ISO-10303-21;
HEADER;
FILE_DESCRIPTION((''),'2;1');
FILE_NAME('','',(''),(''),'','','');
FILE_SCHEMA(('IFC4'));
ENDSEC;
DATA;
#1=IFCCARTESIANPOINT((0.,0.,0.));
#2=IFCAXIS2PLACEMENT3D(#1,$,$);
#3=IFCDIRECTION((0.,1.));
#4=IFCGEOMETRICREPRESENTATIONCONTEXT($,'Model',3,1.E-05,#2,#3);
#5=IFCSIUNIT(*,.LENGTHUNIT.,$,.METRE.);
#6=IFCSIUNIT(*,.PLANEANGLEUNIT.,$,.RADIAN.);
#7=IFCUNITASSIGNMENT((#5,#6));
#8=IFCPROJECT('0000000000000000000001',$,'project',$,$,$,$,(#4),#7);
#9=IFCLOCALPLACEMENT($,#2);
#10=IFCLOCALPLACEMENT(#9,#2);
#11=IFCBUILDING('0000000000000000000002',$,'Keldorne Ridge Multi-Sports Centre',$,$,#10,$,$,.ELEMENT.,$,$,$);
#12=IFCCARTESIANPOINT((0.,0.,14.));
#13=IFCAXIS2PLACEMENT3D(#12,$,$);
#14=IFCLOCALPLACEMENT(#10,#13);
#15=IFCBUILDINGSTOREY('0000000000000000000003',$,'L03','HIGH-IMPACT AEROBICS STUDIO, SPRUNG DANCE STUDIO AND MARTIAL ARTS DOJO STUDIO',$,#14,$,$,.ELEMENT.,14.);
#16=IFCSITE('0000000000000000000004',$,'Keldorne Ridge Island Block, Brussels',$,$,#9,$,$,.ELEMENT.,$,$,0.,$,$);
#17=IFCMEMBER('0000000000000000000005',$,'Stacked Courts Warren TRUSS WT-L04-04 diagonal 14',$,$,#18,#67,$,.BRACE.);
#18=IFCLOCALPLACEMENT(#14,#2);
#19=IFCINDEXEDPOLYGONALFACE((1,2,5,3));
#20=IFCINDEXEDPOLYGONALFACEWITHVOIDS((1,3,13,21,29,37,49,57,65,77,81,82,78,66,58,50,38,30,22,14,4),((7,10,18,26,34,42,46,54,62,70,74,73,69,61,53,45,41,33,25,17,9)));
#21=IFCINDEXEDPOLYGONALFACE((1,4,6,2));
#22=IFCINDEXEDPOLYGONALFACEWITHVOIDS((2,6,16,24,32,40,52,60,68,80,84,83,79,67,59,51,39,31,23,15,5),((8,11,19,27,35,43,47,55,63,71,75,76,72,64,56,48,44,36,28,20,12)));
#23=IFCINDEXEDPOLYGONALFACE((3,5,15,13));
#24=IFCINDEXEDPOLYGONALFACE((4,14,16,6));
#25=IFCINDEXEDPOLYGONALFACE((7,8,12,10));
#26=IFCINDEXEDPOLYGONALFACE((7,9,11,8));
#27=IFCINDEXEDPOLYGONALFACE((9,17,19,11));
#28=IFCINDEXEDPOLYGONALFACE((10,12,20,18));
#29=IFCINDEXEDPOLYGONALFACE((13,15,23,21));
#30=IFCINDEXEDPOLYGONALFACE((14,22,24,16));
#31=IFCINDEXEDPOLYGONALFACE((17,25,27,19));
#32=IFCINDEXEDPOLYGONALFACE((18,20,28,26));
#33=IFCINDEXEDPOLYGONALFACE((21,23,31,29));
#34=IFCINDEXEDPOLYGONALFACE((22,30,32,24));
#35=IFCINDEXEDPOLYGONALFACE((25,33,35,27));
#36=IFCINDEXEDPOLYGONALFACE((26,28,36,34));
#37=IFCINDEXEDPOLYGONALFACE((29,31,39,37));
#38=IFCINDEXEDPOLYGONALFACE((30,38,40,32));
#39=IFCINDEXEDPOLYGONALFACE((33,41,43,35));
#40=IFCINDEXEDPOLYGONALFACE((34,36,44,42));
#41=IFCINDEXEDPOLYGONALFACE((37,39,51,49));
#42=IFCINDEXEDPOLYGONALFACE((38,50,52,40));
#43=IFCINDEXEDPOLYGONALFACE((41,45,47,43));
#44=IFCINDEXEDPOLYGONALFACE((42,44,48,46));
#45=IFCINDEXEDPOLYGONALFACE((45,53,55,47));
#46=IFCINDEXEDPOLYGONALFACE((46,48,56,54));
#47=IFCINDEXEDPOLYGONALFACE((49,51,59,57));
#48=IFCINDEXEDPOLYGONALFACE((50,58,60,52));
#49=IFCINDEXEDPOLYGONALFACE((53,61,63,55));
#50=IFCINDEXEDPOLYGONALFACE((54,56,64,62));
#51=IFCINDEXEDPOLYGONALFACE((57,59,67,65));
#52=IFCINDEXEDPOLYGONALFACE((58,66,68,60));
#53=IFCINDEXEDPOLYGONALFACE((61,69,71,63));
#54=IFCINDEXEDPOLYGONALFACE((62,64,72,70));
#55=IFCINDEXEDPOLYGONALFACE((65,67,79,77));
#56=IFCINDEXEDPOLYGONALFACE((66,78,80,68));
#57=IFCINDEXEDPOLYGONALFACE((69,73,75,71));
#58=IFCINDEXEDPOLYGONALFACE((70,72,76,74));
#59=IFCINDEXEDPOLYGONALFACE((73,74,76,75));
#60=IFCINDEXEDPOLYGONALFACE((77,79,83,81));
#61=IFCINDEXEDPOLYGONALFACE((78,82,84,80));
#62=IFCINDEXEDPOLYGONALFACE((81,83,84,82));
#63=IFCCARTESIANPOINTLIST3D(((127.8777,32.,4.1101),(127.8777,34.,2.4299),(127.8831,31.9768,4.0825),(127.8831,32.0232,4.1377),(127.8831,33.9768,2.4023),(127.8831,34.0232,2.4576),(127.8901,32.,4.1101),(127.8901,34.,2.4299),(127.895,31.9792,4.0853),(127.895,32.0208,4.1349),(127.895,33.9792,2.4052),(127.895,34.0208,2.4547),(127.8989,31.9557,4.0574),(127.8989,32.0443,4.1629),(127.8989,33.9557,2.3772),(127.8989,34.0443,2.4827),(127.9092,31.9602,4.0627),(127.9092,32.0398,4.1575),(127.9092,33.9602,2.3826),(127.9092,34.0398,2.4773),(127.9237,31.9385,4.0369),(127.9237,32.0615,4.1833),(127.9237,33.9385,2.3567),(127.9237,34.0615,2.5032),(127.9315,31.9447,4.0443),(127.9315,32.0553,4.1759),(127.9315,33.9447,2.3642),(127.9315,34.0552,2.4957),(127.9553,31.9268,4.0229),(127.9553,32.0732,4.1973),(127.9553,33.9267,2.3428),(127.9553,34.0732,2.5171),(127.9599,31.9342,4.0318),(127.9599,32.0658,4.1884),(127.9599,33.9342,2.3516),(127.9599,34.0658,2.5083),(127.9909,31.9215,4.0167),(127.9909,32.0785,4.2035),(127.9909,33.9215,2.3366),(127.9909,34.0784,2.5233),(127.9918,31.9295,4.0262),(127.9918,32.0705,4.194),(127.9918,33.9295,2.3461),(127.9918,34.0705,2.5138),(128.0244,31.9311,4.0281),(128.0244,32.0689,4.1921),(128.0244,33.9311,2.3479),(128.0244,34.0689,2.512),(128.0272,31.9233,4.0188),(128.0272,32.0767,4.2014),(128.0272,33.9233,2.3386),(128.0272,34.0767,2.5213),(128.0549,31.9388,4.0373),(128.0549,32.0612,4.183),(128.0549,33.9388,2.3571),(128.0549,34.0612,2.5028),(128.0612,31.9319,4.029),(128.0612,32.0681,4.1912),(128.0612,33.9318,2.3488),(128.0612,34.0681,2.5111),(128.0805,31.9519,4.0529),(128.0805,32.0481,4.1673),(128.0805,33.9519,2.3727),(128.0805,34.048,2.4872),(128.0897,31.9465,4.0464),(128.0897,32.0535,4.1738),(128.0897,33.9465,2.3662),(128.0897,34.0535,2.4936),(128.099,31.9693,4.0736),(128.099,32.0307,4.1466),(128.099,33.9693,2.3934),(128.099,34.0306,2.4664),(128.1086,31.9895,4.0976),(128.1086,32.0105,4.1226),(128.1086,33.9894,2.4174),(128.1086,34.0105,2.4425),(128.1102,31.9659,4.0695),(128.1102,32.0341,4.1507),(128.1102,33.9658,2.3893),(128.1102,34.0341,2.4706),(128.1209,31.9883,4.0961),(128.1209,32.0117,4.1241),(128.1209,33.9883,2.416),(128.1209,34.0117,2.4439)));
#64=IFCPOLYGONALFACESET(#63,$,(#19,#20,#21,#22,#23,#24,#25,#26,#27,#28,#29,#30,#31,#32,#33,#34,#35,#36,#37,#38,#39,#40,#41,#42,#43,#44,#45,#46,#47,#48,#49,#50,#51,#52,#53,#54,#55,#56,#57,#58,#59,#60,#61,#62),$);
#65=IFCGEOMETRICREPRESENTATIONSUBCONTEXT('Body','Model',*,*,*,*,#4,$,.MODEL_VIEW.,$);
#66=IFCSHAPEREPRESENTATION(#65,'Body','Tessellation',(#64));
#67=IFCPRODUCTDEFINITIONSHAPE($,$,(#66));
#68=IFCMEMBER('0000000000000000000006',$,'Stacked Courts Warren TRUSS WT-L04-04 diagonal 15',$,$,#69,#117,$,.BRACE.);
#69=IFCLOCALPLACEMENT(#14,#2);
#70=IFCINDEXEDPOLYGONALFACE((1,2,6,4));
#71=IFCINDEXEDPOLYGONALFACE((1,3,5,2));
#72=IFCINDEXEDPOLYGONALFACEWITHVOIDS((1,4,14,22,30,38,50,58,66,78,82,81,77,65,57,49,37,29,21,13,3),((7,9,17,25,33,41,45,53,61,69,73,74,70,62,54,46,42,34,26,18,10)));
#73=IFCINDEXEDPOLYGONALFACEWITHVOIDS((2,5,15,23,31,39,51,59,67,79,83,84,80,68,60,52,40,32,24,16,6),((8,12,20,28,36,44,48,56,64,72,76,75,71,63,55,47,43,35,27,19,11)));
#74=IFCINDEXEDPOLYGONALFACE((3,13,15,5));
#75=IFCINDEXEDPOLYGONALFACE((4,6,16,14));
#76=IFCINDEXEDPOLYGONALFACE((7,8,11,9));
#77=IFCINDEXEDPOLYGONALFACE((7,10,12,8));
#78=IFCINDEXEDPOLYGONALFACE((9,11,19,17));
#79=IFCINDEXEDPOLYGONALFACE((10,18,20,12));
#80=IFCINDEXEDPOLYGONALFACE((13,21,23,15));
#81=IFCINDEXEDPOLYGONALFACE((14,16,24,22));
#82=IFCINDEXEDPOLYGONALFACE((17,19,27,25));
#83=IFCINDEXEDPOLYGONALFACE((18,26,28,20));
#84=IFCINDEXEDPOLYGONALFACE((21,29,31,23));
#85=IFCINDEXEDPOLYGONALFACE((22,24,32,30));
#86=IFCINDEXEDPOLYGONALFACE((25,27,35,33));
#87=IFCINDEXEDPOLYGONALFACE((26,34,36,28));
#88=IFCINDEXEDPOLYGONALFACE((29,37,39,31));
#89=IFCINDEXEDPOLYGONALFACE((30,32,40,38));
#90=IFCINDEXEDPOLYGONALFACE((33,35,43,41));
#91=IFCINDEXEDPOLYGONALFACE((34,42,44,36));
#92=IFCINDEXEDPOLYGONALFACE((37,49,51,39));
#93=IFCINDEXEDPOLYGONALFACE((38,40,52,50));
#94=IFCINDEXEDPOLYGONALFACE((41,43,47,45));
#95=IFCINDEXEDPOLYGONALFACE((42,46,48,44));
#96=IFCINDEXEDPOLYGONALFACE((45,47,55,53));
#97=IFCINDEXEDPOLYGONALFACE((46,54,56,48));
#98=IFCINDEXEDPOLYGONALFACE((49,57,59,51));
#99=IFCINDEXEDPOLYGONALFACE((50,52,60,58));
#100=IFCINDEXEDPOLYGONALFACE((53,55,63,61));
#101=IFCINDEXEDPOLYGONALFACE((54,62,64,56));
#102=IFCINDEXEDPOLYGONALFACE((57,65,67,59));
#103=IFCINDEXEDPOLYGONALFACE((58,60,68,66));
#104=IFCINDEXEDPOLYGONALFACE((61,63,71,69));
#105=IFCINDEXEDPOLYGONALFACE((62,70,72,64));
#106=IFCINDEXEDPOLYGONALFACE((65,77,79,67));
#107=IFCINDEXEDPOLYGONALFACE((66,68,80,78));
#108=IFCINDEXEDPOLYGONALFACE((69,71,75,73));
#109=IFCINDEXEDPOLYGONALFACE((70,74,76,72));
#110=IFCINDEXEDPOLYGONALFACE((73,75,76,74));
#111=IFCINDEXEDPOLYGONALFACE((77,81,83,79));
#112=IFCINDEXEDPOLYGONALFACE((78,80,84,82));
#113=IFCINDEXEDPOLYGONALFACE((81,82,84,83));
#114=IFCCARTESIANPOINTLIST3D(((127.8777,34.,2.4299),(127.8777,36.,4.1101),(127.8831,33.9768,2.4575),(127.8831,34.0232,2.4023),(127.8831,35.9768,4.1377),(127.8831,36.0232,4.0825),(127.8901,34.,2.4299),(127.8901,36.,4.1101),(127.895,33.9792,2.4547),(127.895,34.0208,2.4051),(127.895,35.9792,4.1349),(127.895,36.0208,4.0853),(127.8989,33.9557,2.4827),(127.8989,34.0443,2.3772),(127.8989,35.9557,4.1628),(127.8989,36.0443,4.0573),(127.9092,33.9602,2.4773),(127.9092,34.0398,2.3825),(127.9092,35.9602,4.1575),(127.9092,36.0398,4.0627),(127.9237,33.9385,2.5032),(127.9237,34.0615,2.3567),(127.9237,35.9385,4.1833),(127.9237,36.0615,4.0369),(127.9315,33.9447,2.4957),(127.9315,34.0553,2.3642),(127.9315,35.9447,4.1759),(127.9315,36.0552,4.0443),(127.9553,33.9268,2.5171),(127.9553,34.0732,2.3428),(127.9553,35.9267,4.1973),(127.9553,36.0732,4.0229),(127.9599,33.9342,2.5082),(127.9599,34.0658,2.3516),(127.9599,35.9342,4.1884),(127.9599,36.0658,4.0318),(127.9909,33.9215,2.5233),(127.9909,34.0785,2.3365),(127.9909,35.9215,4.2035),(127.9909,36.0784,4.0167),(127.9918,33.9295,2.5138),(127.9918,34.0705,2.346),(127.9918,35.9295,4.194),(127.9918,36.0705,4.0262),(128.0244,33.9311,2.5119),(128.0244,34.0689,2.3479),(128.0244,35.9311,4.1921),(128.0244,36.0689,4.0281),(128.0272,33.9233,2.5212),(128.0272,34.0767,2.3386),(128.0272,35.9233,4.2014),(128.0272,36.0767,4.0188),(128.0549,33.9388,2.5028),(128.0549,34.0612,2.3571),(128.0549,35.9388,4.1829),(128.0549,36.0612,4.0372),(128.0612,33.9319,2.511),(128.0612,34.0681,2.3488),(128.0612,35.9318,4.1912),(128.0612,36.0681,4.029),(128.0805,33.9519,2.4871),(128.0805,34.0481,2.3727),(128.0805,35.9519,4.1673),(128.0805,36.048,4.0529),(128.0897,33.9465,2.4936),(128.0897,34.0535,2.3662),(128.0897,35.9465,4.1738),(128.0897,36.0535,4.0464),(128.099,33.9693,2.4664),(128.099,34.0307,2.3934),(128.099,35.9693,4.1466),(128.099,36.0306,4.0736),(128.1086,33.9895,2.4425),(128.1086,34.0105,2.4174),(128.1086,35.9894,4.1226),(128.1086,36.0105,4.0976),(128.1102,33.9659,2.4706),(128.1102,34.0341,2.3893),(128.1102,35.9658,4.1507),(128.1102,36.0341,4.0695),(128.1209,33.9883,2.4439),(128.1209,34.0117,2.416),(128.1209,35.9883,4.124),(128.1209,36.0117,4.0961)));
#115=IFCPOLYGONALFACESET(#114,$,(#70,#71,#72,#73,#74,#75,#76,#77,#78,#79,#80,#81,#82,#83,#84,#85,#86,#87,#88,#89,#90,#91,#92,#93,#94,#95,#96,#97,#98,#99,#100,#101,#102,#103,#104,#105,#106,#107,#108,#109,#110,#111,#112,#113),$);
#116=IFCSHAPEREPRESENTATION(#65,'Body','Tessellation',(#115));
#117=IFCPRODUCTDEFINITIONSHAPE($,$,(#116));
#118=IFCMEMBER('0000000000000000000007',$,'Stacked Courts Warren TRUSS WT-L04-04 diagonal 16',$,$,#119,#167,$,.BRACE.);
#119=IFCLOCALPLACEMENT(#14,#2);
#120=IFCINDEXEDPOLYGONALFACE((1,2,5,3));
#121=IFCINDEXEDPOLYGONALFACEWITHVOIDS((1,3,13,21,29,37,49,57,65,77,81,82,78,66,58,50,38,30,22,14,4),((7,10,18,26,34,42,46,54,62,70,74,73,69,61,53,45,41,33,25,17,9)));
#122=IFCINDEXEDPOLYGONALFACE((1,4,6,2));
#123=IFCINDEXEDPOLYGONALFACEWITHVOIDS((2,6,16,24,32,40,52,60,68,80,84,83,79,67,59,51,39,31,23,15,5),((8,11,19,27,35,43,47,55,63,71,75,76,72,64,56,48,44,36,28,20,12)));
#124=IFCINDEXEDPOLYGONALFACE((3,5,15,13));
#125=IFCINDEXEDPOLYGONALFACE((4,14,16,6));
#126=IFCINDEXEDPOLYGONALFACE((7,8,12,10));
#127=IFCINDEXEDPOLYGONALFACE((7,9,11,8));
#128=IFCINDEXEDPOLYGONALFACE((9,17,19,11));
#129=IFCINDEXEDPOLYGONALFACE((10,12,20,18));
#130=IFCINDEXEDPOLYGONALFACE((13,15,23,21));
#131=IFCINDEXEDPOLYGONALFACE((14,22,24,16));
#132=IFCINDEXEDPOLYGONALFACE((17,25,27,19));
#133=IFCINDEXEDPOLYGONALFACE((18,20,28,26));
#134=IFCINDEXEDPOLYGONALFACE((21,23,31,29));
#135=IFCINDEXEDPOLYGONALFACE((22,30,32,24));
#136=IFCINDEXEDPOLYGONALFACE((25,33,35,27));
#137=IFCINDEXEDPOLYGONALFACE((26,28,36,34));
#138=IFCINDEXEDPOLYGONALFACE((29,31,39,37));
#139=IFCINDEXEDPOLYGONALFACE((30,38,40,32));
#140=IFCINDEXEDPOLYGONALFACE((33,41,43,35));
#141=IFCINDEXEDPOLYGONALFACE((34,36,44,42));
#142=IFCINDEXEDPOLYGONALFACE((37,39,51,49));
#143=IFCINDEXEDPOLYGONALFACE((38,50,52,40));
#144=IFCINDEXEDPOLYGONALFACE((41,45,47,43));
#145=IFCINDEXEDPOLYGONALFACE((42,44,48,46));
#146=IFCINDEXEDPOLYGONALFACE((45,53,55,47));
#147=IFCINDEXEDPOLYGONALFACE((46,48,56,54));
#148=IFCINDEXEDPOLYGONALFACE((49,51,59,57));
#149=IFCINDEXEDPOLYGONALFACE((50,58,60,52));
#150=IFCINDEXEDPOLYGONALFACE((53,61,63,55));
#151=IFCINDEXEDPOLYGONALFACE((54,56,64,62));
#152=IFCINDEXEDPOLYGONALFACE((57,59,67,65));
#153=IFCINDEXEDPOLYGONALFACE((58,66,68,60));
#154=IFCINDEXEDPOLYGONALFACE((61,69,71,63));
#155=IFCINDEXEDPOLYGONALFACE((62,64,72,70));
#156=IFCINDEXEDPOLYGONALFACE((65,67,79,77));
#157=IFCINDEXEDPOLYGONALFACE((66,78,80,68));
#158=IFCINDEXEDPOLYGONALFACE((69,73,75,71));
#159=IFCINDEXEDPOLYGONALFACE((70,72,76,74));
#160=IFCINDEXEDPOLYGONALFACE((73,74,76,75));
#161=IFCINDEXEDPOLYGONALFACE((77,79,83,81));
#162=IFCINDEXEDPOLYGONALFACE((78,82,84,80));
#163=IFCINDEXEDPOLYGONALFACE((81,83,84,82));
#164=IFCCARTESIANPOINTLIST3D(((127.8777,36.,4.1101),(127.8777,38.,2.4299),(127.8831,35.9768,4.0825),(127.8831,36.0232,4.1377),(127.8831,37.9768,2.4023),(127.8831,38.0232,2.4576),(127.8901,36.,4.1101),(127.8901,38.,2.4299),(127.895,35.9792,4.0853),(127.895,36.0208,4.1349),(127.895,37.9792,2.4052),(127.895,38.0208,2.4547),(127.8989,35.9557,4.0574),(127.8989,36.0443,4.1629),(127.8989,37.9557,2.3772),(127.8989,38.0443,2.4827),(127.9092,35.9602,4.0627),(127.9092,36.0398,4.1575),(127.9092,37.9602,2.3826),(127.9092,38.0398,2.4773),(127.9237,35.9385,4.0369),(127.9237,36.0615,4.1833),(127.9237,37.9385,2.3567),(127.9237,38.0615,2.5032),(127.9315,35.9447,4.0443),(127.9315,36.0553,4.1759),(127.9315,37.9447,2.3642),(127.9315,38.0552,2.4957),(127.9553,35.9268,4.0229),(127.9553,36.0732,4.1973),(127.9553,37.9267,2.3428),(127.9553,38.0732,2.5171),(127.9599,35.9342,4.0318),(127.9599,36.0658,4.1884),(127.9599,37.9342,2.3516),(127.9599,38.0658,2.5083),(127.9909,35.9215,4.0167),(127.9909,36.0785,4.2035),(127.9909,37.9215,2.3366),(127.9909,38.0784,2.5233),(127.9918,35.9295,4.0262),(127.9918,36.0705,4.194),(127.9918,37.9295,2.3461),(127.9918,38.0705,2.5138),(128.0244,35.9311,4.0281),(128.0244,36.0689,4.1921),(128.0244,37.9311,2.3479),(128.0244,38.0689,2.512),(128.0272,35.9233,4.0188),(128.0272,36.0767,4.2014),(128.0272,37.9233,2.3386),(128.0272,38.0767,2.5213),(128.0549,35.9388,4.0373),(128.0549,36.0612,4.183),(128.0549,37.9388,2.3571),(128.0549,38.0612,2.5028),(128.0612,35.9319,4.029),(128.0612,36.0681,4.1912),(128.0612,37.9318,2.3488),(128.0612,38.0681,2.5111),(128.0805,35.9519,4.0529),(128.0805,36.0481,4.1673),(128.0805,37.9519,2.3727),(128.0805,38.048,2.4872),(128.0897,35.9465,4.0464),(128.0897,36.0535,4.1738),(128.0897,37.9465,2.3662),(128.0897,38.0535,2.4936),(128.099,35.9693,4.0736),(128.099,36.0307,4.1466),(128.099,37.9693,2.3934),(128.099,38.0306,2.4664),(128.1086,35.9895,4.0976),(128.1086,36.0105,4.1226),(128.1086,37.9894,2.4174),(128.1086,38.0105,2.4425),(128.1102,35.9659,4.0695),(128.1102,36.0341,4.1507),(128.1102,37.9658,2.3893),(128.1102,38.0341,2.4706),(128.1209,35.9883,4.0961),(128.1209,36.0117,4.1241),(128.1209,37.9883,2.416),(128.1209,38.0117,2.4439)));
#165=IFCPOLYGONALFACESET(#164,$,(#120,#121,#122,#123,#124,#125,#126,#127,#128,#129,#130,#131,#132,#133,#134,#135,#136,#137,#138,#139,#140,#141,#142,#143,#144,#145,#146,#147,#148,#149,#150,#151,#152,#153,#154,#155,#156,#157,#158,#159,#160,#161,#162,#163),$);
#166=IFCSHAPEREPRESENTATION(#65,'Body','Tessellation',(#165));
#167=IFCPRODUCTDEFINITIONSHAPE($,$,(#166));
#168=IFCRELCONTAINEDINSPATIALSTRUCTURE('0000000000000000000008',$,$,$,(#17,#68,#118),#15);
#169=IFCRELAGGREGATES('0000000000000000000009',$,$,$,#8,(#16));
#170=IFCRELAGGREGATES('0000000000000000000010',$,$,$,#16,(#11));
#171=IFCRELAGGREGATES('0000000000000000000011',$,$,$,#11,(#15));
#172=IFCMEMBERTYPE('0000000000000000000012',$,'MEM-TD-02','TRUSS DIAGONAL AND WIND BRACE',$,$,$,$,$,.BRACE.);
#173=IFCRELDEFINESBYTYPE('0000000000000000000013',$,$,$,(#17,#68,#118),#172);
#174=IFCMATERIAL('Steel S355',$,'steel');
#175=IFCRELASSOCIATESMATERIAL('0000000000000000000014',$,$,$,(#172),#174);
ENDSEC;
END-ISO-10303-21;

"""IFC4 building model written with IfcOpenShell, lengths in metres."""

from ifc_helpers import new_model, si_unit, direction, frame, origin, origin_2d, place, context, subcontext, project, spatial, hollow_circle, extrude, material, material_profile, profile_set, type_object, element, save


model = new_model("IFC4")

# Units and contexts
model_context = context("Model", 3, precision=1e-05, world=origin(), true_north=direction((0.0, 1.0)))
body_context = subcontext(model_context, "Body", "Model", "MODEL_VIEW")
ifc_project = project(units=[si_unit("LENGTHUNIT", "METRE"), si_unit("PLANEANGLEUNIT", "RADIAN")], contexts=[model_context])

# Site, building, storey
site_placement = place(None, origin())
site = spatial("IfcSite", under=ifc_project, at=site_placement, Name="Keldorne Ridge Island Block, Brussels", CompositionType="ELEMENT", RefElevation=0.0)
building_placement = place(site_placement, origin())
building = spatial("IfcBuilding", under=site, at=building_placement, Name="Keldorne Ridge Multi-Sports Centre", CompositionType="ELEMENT")
storey_placement = place(building_placement, frame((0.0, 0.0, 14.0)))
storey = spatial("IfcBuildingStorey", under=building, at=storey_placement, Name="L03", Description="HIGH-IMPACT AEROBICS STUDIO, SPRUNG DANCE STUDIO AND MARTIAL ARTS DOJO STUDIO", CompositionType="ELEMENT", Elevation=14.0)

# Members
ifc_material = material(Name="Steel S355", Category="steel")
ifc_material_profile_1 = material_profile(ifc_material, hollow_circle(Radius=0.1223, WallThickness=0.0125, at=origin_2d()), Name="CHS 244.5x12.5")
ifc_profile_set_1 = profile_set([ifc_material_profile_1], Name="Steel S355")
member_type_1 = type_object("IfcMemberType", Name="MEM-TD-02", Description="TRUSS DIAGONAL AND WIND BRACE", PredefinedType="BRACE", material=ifc_profile_set_1)
for number, where, z_axis, x_axis, name in (
    (1, (128.0, 32.0, 4.1101), (0.0, 0.765672, -0.643232), (-1.0, 0.0, 0.0), "Stacked Courts Warren TRUSS WT-L04-04 diagonal 14"),
    (2, (128.0, 34.0, 2.4299), (0.0, 0.765672, 0.643232), (-1.0, 0.0, 0.0), "Stacked Courts Warren TRUSS WT-L04-04 diagonal 15"),
    (3, (128.0, 36.0, 4.1101), (0.0, 0.765672, -0.643232), (-1.0, 0.0, 0.0), "Stacked Courts Warren TRUSS WT-L04-04 diagonal 16"),
):
    element("IfcMember", number, at=place(storey_placement, frame(where, z_axis=z_axis, x_axis=x_axis)), inside=storey, type_object=member_type_1, Name=name, PredefinedType="BRACE", context=body_context, shape_type="SweptSolid", body=[
        extrude(hollow_circle(Radius=0.1223, WallThickness=0.0125, at=origin_2d()), origin(), (0.0, 0.0, 1.0), 2.6121),
    ])

save(model, "model.ifc")
